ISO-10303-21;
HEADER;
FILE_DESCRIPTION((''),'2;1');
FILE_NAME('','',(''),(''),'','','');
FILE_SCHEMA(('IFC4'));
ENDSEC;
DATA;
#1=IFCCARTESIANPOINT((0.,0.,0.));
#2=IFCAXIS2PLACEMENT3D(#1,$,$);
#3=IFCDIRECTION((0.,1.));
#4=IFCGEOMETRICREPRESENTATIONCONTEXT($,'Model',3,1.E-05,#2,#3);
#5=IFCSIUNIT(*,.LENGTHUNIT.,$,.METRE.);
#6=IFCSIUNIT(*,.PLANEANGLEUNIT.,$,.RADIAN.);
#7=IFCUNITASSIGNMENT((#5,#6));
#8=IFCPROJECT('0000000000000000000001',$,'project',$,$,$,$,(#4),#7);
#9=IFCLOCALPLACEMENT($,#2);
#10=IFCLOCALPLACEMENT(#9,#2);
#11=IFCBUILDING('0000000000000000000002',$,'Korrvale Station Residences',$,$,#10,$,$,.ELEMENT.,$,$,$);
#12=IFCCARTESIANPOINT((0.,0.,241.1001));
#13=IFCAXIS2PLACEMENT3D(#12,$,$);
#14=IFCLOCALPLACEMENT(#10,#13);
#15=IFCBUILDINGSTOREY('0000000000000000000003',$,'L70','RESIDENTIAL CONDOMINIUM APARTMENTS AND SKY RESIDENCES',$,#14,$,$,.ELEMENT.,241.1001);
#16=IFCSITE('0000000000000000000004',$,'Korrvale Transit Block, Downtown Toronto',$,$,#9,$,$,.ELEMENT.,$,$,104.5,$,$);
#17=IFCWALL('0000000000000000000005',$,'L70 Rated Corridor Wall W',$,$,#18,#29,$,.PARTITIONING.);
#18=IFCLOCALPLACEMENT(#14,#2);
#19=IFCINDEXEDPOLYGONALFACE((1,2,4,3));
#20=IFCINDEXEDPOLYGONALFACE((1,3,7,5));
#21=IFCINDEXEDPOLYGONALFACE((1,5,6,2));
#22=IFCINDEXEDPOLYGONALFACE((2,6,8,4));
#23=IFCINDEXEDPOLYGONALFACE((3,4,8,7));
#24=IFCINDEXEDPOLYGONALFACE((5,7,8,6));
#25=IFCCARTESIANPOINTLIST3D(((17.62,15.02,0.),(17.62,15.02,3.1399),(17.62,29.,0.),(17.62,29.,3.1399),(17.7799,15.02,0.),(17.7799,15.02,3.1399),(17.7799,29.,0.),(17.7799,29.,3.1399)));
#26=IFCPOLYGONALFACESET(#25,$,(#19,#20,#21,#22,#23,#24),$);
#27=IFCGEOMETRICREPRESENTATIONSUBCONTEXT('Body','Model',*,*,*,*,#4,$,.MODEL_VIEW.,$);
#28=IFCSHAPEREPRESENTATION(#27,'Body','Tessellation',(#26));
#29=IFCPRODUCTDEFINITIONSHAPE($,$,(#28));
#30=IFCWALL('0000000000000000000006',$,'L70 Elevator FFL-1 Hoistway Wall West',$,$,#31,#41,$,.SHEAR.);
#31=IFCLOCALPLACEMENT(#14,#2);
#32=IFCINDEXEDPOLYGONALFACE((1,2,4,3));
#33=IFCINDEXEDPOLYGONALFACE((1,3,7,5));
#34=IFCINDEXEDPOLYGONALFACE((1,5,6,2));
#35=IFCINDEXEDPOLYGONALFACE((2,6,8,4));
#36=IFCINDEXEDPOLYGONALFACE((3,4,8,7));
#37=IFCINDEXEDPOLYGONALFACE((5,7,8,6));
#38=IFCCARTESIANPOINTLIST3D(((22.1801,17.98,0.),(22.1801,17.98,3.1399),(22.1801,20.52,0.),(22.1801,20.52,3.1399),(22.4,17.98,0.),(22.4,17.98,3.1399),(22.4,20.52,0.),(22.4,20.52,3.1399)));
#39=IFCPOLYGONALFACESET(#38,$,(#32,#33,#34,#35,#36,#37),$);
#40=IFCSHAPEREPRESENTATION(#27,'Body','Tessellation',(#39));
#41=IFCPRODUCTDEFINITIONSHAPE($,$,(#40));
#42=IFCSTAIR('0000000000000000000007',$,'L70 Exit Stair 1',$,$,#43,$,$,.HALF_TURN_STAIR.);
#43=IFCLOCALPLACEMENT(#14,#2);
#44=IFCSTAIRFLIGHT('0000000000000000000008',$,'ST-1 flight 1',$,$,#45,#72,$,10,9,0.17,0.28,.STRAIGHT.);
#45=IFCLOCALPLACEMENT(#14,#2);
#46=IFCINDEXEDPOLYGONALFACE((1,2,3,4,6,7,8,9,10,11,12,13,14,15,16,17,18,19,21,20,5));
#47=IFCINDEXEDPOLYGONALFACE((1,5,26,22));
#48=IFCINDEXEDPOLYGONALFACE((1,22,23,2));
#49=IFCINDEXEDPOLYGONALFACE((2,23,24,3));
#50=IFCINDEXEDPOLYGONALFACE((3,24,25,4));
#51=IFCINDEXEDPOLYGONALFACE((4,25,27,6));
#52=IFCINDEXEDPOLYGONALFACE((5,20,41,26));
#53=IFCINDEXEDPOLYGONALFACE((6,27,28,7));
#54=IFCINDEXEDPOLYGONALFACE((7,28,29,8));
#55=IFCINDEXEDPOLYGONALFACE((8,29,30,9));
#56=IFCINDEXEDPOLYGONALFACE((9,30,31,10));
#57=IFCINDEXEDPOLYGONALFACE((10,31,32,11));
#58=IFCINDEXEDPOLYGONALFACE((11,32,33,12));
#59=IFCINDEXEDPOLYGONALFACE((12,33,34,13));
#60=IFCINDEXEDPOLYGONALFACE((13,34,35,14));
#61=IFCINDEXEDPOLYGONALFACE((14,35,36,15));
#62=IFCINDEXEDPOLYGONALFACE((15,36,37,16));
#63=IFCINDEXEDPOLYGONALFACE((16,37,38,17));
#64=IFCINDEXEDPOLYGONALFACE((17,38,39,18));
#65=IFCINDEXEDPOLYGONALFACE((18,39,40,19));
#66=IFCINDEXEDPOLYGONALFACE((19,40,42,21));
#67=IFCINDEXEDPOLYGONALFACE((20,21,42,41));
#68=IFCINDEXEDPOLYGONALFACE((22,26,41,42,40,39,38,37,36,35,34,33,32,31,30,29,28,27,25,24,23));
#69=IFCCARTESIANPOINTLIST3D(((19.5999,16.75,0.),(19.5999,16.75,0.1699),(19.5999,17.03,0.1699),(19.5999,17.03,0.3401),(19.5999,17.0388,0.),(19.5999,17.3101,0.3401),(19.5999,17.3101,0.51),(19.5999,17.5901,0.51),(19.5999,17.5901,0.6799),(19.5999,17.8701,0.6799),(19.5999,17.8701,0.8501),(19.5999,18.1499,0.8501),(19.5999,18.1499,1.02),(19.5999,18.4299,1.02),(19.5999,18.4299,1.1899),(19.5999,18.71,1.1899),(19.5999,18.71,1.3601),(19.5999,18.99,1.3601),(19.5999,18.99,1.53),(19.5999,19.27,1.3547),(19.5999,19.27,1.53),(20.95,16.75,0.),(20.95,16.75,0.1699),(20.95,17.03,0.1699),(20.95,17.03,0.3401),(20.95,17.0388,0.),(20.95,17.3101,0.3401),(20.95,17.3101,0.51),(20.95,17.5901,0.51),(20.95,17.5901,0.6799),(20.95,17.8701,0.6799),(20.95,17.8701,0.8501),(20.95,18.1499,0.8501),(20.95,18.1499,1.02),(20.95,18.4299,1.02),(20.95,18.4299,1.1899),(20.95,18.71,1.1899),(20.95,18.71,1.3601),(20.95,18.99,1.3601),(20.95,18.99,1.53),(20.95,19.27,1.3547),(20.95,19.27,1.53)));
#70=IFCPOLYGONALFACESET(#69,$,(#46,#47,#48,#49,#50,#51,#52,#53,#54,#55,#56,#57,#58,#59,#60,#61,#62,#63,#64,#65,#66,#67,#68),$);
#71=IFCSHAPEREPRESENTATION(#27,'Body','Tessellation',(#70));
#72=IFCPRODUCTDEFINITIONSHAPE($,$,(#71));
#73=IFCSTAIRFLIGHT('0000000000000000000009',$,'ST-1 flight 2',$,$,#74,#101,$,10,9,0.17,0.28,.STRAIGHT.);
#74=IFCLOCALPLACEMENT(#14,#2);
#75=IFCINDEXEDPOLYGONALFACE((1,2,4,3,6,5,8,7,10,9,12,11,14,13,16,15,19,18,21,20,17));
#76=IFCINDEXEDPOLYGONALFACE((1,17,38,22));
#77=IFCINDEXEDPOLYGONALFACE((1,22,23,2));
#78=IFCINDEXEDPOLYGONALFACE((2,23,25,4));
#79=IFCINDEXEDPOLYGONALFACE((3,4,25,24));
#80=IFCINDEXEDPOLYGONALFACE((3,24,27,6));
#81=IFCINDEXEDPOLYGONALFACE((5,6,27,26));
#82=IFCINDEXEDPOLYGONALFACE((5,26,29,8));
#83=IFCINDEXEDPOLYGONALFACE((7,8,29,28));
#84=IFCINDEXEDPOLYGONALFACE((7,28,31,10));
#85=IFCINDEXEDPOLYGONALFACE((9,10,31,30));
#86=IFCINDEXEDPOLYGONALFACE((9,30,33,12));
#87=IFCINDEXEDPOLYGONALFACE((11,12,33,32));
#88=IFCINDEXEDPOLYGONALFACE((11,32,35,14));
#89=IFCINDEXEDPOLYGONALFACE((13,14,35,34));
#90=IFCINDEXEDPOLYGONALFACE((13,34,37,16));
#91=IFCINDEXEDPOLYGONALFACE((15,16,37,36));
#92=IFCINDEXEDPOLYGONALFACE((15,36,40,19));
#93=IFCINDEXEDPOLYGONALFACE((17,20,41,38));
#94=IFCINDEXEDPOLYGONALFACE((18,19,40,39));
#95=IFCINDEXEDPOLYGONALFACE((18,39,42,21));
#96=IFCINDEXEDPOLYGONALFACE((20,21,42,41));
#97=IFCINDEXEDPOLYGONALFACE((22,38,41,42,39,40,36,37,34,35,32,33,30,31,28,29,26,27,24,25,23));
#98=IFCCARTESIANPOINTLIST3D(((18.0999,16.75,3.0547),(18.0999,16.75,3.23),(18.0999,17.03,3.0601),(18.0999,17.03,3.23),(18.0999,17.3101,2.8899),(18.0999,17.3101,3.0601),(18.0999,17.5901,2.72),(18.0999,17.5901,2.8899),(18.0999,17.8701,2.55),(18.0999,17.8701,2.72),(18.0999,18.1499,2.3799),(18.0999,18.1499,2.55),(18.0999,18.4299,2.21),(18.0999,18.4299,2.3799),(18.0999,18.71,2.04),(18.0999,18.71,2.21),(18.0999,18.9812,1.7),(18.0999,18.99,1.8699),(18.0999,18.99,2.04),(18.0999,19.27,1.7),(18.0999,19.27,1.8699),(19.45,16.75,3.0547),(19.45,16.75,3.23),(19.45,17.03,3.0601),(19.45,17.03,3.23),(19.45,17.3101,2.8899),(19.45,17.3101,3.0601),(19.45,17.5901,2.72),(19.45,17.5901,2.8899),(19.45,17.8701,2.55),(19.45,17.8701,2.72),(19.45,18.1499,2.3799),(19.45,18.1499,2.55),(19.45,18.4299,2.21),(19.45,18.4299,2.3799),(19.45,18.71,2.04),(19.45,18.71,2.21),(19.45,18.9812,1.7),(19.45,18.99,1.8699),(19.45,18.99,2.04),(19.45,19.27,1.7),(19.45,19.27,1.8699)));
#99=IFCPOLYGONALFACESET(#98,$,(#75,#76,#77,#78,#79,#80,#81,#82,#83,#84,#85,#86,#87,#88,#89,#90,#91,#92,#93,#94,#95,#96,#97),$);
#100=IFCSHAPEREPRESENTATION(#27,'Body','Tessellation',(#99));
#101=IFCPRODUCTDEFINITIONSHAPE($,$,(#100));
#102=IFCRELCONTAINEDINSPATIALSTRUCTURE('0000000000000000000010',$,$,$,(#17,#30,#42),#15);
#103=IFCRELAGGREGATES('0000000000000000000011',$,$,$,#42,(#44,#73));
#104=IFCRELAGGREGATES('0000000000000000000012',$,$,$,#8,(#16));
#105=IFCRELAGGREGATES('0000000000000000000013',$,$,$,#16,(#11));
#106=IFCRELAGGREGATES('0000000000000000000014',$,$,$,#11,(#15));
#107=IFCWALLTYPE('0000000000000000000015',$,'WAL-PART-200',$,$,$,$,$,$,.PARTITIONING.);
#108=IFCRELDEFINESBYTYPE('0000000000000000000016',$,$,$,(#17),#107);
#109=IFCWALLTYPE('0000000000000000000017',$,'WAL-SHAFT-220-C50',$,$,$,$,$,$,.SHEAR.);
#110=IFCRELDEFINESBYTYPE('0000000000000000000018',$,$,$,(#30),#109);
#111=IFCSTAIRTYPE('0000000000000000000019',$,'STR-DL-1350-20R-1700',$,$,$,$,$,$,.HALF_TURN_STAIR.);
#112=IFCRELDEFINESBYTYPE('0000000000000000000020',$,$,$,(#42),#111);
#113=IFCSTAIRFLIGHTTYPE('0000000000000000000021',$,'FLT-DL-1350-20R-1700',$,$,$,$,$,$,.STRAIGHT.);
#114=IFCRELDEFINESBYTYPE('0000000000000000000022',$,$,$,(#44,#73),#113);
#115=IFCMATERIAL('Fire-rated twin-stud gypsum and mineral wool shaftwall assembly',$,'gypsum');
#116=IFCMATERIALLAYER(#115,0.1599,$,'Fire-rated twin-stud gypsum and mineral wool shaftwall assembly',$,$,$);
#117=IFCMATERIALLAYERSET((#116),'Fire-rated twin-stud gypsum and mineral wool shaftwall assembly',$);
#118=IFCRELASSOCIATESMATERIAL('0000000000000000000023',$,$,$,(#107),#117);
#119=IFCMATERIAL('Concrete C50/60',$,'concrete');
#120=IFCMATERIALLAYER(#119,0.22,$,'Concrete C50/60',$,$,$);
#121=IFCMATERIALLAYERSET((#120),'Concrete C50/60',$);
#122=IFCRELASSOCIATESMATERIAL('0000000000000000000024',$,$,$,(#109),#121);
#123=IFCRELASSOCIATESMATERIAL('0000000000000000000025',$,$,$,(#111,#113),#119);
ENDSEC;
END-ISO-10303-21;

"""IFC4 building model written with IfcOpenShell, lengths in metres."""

from ifc_helpers import new_model, si_unit, direction, frame, frame_2d, origin, place, context, subcontext, project, spatial, polyline, rectangle, outline, extrude, material, layer, layer_set, type_object, element, aggregate, save


model = new_model("IFC4")

# Units and contexts
model_context = context("Model", 3, precision=1e-05, world=origin(), true_north=direction((0.0, 1.0)))
body_context = subcontext(model_context, "Body", "Model", "MODEL_VIEW")
ifc_project = project(units=[si_unit("LENGTHUNIT", "METRE"), si_unit("PLANEANGLEUNIT", "RADIAN")], contexts=[model_context])

# Site, building, storey
site_placement = place(None, origin())
site = spatial("IfcSite", under=ifc_project, at=site_placement, Name="Korrvale Transit Block, Downtown Toronto", CompositionType="ELEMENT", RefElevation=104.5)
building_placement = place(site_placement, origin())
building = spatial("IfcBuilding", under=site, at=building_placement, Name="Korrvale Station Residences", CompositionType="ELEMENT")
storey_placement = place(building_placement, frame((0.0, 0.0, 241.1001)))
storey = spatial("IfcBuildingStorey", under=building, at=storey_placement, Name="L70", Description="RESIDENTIAL CONDOMINIUM APARTMENTS AND SKY RESIDENCES", CompositionType="ELEMENT", Elevation=241.1001)

# Shared definitions
ifc_material_1 = material(Name="Concrete C50/60", Category="concrete")

# Shared definitions
ifc_material_2 = material(Name="Fire-rated twin-stud gypsum and mineral wool shaftwall assembly", Category="gypsum")
ifc_layer_1 = layer(ifc_material_2, 0.1599, Name="Fire-rated twin-stud gypsum and mineral wool shaftwall assembly")
ifc_layer_set_1 = layer_set([ifc_layer_1], Name="Fire-rated twin-stud gypsum and mineral wool shaftwall assembly")
wall_type_1 = type_object("IfcWallType", Name="WAL-PART-200", PredefinedType="PARTITIONING", material=ifc_layer_set_1)

# Wall
wall_1_placement = place(storey_placement, frame((17.7, 15.02, 0.0), z_axis=(0.0, 0.0, 1.0), x_axis=(0.0, 1.0, 0.0)))
element("IfcWall", 1, at=wall_1_placement, inside=storey, type_object=wall_type_1, Name="L70 Rated Corridor Wall W", PredefinedType="PARTITIONING", context=body_context, shape_type="SweptSolid", body=[
    extrude(rectangle(XDim=13.98, YDim=0.1599, at=frame_2d((6.99, 0.0))), origin(), (0.0, 0.0, 1.0), 3.1399),
])

# Shared definitions
ifc_layer_2 = layer(ifc_material_1, 0.22, Name="Concrete C50/60")
ifc_layer_set_2 = layer_set([ifc_layer_2], Name="Concrete C50/60")
wall_type_2 = type_object("IfcWallType", Name="WAL-SHAFT-220-C50", PredefinedType="SHEAR", material=ifc_layer_set_2)

# Wall
wall_2_placement = place(storey_placement, frame((22.29, 17.98, 0.0), z_axis=(0.0, 0.0, 1.0), x_axis=(0.0, 1.0, 0.0)))
element("IfcWall", 2, at=wall_2_placement, inside=storey, type_object=wall_type_2, Name="L70 Elevator FFL-1 Hoistway Wall West", PredefinedType="SHEAR", context=body_context, shape_type="SweptSolid", body=[
    extrude(rectangle(XDim=2.54, YDim=0.22, at=frame_2d((1.27, 0.0))), origin(), (0.0, 0.0, 1.0), 3.1399),
])

# Stair, stair flights
stair_type = type_object("IfcStairType", Name="STR-DL-1350-20R-1700", PredefinedType="HALF_TURN_STAIR", material=ifc_material_1)
stair_placement = place(storey_placement, origin())
stair = element("IfcStair", 3, at=stair_placement, inside=storey, type_object=stair_type, Name="L70 Exit Stair 1", PredefinedType="HALF_TURN_STAIR")
stair_flight_type = type_object("IfcStairFlightType", Name="FLT-DL-1350-20R-1700", PredefinedType="STRAIGHT", material=ifc_material_1)
stair_flight_1_placement = place(storey_placement, frame((20.2749, 16.75, 0.0), z_axis=(0.0, 0.0, 1.0), x_axis=(0.0, 1.0, 0.0)))
stair_flight_1 = element("IfcStairFlight", 4, at=stair_flight_1_placement, type_object=stair_flight_type, Name="ST-1 flight 1", NumberOfRisers=10, NumberOfTreads=9, PredefinedType="STRAIGHT", RiserHeight=0.17, TreadLength=0.28, context=body_context, shape_type="SweptSolid", body=[
    extrude(outline(polyline([(0.0, 0.0), (0.0, 0.1699), (0.28, 0.1699), (0.28, 0.3401), (0.5601, 0.3401), (0.5601, 0.51), (0.8401, 0.51), (0.8401, 0.6799), (1.1201, 0.6799), (1.1201, 0.8501), (1.3999, 0.8501), (1.3999, 1.02), (1.6799, 1.02), (1.6799, 1.1899), (1.96, 1.1899), (1.96, 1.3601), (2.24, 1.3601), (2.24, 1.53), (2.52, 1.53), (2.52, 1.7), (2.52, 1.3547), (0.2888, 0.0), (0.0, 0.0)])), frame((0.0, 0.675, 0.0), z_axis=(0.0, -1.0, 0.0), x_axis=(1.0, 0.0, 0.0)), (0.0, 0.0, 1.0), 1.3501),
])
stair_flight_2_placement = place(storey_placement, frame((18.7749, 19.27, 1.7), z_axis=(0.0, 0.0, 1.0), x_axis=(0.0, -1.0, 0.0)))
stair_flight_2 = element("IfcStairFlight", 5, at=stair_flight_2_placement, type_object=stair_flight_type, Name="ST-1 flight 2", NumberOfRisers=10, NumberOfTreads=9, PredefinedType="STRAIGHT", RiserHeight=0.17, TreadLength=0.28, context=body_context, shape_type="SweptSolid", body=[
    extrude(outline(polyline([(0.0, 0.0), (0.0, 0.1699), (0.28, 0.1699), (0.28, 0.3401), (0.5601, 0.3401), (0.5601, 0.51), (0.8401, 0.51), (0.8401, 0.6799), (1.1201, 0.6799), (1.1201, 0.8501), (1.3999, 0.8501), (1.3999, 1.02), (1.6799, 1.02), (1.6799, 1.1899), (1.96, 1.1899), (1.96, 1.3601), (2.24, 1.3601), (2.24, 1.53), (2.52, 1.53), (2.52, 1.7), (2.52, 1.3547), (0.2888, 0.0), (0.0, 0.0)])), frame((0.0, 0.675, 0.0), z_axis=(0.0, -1.0, 0.0), x_axis=(1.0, 0.0, 0.0)), (0.0, 0.0, 1.0), 1.3501),
])
aggregate(stair, [stair_flight_1, stair_flight_2])

save(model, "model.ifc")
